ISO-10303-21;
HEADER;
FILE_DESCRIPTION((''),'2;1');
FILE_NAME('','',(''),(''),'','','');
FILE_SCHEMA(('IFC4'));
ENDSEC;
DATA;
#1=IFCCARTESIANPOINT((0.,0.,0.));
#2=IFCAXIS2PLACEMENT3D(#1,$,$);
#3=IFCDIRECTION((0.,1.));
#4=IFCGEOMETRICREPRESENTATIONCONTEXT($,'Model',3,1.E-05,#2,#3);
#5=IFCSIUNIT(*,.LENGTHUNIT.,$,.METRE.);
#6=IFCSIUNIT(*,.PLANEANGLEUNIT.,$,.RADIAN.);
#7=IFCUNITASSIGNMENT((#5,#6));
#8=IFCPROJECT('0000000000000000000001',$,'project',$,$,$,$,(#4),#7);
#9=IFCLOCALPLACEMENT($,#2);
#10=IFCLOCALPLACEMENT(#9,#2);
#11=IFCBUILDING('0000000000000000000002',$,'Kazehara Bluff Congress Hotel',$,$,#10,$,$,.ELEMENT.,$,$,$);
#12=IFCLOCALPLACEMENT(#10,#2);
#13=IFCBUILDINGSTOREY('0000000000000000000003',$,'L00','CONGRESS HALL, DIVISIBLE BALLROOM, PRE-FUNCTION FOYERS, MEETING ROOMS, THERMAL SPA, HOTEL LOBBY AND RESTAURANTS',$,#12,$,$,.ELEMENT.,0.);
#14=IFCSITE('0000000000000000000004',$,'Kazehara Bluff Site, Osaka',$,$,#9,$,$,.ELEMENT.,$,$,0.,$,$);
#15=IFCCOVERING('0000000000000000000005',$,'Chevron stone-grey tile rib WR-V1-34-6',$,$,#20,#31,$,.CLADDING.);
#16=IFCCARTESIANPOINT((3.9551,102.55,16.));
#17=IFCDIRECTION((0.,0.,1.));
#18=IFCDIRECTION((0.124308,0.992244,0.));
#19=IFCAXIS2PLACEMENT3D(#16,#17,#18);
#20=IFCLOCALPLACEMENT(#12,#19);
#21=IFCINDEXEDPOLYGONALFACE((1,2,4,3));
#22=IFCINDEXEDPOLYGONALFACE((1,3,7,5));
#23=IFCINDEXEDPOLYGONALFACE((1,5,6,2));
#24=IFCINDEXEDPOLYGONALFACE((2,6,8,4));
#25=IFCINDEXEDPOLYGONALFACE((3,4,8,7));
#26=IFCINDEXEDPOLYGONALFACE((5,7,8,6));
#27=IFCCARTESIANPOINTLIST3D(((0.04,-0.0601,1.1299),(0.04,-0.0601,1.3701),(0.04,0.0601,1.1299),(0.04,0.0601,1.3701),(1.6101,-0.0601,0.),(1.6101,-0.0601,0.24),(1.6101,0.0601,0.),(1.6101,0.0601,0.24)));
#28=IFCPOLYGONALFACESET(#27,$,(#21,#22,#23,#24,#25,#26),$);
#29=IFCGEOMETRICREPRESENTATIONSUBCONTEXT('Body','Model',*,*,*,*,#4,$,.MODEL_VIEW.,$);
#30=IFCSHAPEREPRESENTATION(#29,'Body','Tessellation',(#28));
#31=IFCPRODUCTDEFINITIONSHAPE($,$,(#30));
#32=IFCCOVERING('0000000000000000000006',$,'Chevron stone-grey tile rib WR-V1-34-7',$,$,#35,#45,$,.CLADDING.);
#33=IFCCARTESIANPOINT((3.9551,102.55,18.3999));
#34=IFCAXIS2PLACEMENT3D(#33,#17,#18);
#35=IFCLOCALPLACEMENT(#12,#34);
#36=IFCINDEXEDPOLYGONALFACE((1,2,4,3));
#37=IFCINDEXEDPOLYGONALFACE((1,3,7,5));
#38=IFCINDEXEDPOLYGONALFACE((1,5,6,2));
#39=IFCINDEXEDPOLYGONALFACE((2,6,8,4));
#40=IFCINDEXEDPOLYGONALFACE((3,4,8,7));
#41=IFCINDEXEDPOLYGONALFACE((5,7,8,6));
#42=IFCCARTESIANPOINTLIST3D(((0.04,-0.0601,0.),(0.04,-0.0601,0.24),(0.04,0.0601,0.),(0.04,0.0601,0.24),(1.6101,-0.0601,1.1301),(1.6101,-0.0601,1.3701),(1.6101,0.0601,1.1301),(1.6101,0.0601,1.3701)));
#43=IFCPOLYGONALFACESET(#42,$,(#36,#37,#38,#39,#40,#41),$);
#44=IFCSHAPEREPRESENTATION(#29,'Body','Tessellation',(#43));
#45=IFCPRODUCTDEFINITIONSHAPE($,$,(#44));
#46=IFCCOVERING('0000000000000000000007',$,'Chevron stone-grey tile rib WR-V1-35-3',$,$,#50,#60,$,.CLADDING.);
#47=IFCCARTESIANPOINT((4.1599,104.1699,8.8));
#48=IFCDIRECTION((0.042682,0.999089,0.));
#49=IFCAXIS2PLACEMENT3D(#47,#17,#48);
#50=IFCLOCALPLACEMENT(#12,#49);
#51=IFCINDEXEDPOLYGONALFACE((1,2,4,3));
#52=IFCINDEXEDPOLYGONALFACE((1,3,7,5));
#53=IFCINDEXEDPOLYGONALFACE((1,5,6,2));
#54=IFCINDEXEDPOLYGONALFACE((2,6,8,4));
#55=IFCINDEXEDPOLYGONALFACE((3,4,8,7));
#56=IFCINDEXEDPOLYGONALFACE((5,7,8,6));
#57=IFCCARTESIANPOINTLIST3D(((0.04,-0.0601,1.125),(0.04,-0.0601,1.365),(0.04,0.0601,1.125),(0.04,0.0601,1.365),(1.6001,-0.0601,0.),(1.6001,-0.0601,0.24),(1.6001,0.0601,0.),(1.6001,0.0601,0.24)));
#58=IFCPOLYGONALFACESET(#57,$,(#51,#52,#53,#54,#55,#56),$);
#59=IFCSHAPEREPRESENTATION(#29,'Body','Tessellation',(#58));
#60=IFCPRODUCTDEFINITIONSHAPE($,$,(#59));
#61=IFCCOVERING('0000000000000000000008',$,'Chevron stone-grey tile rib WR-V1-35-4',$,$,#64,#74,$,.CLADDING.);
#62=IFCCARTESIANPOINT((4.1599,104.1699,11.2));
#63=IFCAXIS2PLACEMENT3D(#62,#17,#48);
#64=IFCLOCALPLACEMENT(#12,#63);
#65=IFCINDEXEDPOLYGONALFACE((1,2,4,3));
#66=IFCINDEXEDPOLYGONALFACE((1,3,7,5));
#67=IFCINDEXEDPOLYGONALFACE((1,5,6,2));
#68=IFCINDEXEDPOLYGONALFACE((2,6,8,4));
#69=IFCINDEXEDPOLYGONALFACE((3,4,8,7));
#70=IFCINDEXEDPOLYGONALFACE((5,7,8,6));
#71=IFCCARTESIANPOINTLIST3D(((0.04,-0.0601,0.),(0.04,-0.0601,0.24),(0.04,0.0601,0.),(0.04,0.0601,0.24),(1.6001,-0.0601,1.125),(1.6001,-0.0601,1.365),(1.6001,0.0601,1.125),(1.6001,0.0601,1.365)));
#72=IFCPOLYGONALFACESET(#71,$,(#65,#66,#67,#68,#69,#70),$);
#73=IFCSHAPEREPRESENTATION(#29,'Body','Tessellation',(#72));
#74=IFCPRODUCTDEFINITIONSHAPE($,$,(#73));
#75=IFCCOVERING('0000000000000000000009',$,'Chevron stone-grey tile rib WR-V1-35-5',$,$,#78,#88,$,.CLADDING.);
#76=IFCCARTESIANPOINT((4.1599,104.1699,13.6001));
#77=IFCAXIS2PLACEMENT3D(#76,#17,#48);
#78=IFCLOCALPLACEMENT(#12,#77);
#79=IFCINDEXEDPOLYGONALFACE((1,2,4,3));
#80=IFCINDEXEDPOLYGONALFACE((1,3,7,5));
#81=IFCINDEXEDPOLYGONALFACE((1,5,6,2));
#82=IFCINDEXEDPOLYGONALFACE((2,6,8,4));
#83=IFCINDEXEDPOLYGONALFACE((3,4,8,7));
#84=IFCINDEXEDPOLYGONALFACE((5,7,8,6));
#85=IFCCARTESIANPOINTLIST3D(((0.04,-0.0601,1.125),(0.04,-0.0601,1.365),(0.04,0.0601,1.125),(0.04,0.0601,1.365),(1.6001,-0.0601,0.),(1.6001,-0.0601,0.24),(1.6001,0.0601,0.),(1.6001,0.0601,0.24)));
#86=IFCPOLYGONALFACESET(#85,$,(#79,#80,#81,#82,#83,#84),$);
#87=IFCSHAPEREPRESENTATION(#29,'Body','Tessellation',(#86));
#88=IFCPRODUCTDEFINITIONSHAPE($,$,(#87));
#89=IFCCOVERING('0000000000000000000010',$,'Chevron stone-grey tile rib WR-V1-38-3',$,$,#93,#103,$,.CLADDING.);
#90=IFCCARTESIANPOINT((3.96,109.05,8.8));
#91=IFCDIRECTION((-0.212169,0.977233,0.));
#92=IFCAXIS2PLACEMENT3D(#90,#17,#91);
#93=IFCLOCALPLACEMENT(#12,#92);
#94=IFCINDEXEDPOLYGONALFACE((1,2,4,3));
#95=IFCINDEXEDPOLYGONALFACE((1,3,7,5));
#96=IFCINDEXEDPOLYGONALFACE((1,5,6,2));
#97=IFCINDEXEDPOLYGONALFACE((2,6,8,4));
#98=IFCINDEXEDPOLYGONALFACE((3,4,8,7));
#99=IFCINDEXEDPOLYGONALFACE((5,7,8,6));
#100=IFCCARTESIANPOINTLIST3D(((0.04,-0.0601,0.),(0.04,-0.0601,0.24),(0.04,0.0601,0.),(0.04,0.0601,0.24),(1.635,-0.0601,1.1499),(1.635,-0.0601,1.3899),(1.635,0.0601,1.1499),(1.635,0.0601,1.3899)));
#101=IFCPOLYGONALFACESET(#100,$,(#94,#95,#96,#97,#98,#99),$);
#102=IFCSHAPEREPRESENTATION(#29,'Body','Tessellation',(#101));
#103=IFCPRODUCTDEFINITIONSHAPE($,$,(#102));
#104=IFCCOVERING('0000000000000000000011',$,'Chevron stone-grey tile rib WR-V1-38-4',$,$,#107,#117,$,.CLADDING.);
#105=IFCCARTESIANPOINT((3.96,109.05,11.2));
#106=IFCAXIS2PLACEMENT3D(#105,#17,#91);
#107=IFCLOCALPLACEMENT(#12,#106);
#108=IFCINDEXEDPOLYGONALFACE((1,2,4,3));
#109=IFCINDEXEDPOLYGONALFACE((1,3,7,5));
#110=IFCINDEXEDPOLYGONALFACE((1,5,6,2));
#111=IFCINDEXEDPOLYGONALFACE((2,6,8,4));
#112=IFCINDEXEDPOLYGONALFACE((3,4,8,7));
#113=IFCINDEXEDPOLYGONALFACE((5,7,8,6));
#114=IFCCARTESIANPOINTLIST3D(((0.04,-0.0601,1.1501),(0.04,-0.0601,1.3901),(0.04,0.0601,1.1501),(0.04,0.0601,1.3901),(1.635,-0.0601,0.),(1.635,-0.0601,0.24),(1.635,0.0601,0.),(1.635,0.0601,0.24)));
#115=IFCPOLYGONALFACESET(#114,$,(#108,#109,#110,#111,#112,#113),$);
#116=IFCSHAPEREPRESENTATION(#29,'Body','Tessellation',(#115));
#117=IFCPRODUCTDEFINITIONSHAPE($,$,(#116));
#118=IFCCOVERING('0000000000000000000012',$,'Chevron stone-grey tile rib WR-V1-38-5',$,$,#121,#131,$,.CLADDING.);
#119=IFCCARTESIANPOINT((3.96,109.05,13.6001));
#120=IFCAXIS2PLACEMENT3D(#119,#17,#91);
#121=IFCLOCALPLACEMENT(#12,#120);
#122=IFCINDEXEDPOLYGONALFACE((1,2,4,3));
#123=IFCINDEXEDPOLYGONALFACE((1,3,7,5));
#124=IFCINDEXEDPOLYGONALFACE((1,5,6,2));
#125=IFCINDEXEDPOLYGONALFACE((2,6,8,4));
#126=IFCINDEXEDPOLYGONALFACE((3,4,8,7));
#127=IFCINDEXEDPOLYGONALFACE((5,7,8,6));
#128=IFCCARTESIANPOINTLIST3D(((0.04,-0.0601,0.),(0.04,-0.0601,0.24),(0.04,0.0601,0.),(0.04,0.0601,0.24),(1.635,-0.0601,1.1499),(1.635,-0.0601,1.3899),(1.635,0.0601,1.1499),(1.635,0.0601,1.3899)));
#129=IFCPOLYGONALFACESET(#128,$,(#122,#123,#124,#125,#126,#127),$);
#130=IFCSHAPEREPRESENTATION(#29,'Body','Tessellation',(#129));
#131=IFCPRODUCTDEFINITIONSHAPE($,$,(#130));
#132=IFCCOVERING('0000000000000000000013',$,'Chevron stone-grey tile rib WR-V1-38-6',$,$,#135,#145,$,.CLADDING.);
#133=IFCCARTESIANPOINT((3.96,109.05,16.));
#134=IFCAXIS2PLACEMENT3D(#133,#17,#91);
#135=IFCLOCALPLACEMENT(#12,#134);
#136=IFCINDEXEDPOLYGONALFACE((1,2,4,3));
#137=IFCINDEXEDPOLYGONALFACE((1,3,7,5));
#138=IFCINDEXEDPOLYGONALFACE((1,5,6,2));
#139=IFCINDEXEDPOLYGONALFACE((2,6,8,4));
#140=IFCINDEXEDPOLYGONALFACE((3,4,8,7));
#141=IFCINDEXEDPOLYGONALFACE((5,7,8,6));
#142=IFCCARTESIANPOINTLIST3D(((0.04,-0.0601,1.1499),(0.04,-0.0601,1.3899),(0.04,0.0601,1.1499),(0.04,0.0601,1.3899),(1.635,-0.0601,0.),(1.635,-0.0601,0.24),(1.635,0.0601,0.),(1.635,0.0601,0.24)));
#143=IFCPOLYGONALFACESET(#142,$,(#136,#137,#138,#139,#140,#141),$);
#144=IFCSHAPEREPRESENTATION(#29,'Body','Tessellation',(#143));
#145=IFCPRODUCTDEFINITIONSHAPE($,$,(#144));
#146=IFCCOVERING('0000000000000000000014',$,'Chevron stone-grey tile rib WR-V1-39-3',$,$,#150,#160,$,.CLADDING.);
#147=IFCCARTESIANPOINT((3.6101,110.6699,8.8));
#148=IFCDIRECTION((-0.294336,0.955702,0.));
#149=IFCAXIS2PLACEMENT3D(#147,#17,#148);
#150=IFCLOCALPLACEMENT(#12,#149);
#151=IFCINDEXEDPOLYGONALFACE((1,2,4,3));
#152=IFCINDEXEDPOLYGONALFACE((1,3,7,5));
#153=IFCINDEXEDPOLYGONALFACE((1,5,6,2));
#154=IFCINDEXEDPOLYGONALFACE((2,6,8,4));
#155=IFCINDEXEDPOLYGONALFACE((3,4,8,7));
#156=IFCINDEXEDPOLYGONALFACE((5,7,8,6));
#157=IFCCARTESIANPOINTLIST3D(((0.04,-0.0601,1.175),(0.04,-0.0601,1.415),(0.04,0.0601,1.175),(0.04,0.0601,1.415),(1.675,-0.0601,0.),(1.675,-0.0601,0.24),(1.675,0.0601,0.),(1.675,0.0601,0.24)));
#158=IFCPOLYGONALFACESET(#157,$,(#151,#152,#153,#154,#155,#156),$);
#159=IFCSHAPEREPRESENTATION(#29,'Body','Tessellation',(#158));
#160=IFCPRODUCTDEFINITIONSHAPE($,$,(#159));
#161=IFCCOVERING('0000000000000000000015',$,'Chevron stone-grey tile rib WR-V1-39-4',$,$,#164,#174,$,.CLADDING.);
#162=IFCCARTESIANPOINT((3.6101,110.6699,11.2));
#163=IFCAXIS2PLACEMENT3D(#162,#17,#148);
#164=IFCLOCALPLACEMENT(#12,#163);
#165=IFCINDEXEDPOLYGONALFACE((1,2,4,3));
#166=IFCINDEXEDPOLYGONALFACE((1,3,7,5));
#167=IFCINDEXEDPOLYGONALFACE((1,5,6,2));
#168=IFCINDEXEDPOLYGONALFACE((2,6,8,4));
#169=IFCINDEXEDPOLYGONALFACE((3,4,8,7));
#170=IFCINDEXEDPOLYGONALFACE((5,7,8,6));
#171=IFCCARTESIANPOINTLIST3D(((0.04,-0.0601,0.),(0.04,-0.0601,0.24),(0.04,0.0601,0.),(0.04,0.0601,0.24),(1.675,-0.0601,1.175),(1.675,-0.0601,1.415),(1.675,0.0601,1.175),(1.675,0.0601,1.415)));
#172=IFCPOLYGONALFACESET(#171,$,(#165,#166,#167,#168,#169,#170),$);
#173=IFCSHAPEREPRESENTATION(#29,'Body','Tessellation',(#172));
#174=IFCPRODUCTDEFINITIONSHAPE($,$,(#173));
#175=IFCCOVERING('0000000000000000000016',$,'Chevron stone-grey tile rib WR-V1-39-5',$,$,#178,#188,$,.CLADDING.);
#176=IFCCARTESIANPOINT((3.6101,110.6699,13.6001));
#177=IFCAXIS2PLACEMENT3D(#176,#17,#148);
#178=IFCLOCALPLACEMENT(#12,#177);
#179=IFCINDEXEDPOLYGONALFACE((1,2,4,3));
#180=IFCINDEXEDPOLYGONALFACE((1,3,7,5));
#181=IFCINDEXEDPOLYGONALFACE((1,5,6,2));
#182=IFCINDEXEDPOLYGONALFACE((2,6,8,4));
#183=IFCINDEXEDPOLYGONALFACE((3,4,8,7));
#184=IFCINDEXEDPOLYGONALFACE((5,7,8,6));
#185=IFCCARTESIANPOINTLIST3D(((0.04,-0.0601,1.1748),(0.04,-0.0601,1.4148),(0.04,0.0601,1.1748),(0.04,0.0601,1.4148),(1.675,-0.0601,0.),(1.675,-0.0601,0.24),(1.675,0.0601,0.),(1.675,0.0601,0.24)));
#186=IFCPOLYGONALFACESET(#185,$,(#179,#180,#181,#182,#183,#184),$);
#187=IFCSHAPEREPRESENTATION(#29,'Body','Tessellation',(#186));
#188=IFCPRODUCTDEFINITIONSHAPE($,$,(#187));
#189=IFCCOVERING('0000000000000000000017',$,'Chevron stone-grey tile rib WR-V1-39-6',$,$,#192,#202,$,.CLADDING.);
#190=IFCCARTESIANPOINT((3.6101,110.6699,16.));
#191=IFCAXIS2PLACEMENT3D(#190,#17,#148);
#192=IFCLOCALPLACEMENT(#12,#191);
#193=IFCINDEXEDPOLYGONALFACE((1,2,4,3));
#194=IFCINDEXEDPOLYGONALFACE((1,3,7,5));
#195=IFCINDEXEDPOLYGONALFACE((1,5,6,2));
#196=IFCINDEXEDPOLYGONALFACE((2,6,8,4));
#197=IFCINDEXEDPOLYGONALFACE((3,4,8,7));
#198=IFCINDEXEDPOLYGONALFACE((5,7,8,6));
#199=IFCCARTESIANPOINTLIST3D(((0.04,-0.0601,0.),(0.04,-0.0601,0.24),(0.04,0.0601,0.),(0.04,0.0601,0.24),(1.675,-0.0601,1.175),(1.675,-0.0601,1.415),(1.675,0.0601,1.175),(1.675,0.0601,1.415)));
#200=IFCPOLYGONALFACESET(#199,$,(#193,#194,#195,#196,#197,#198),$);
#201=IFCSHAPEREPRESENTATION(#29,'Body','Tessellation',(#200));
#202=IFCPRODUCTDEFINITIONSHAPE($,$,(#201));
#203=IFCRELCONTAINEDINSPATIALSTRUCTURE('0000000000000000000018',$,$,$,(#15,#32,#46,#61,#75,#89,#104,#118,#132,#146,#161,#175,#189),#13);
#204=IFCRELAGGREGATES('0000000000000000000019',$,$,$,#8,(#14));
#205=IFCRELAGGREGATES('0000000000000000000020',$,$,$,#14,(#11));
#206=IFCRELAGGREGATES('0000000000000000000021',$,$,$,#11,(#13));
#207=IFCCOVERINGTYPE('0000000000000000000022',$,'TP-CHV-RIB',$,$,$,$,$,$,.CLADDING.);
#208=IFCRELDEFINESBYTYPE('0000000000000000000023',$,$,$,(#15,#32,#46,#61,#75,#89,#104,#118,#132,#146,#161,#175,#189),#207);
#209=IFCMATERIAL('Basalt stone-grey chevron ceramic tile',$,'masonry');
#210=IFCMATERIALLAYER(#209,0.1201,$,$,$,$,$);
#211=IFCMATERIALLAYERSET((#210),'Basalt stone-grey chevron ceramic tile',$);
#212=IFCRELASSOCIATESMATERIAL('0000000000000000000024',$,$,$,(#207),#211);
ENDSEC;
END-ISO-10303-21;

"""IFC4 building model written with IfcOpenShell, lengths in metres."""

from ifc_helpers import new_model, si_unit, direction, frame, origin, place, context, subcontext, project, spatial, polyline, outline, extrude, material, layer, layer_set, type_object, element, save


model = new_model("IFC4")

# Units and contexts
model_context = context("Model", 3, precision=1e-05, world=origin(), true_north=direction((0.0, 1.0)))
body_context = subcontext(model_context, "Body", "Model", "MODEL_VIEW")
ifc_project = project(units=[si_unit("LENGTHUNIT", "METRE"), si_unit("PLANEANGLEUNIT", "RADIAN")], contexts=[model_context])

# Site, building, storey
site_placement = place(None, origin())
site = spatial("IfcSite", under=ifc_project, at=site_placement, Name="Kazehara Bluff Site, Osaka", CompositionType="ELEMENT", RefElevation=0.0)
building_placement = place(site_placement, origin())
building = spatial("IfcBuilding", under=site, at=building_placement, Name="Kazehara Bluff Congress Hotel", CompositionType="ELEMENT")
storey_placement = place(building_placement, origin())
storey = spatial("IfcBuildingStorey", under=building, at=storey_placement, Name="L00", Description="CONGRESS HALL, DIVISIBLE BALLROOM, PRE-FUNCTION FOYERS, MEETING ROOMS, THERMAL SPA, HOTEL LOBBY AND RESTAURANTS", CompositionType="ELEMENT", Elevation=0.0)

# Coverings
ifc_material = material(Name="Basalt stone-grey chevron ceramic tile", Category="masonry")
ifc_layer = layer(ifc_material, 0.1201)
ifc_layer_set = layer_set([ifc_layer], Name="Basalt stone-grey chevron ceramic tile")
covering_type = type_object("IfcCoveringType", Name="TP-CHV-RIB", PredefinedType="CLADDING", material=ifc_layer_set)
covering_1_placement = place(storey_placement, frame((3.9551, 102.55, 16.0), z_axis=(0.0, 0.0, 1.0), x_axis=(0.124308, 0.992244, 0.0)))
element("IfcCovering", 1, at=covering_1_placement, inside=storey, type_object=covering_type, Name="Chevron stone-grey tile rib WR-V1-34-6", PredefinedType="CLADDING", context=body_context, shape_type="SweptSolid", body=[
    extrude(outline(polyline([(0.04, 1.1299), (1.6101, 0.0), (1.6101, 0.24), (0.04, 1.3701), (0.04, 1.1299)])), frame((0.0, 0.0601, 0.0), z_axis=(0.0, -1.0, 0.0), x_axis=(1.0, 0.0, 0.0)), (0.0, 0.0, 1.0), 0.1201),
])
covering_2_placement = place(storey_placement, frame((3.9551, 102.55, 18.3999), z_axis=(0.0, 0.0, 1.0), x_axis=(0.124308, 0.992244, 0.0)))
element("IfcCovering", 2, at=covering_2_placement, inside=storey, type_object=covering_type, Name="Chevron stone-grey tile rib WR-V1-34-7", PredefinedType="CLADDING", context=body_context, shape_type="SweptSolid", body=[
    extrude(outline(polyline([(0.04, 0.0), (1.6101, 1.1301), (1.6101, 1.3701), (0.04, 0.24), (0.04, 0.0)])), frame((0.0, 0.0601, 0.0), z_axis=(0.0, -1.0, 0.0), x_axis=(1.0, 0.0, 0.0)), (0.0, 0.0, 1.0), 0.1201),
])
covering_3_placement = place(storey_placement, frame((4.1599, 104.1699, 8.8), z_axis=(0.0, 0.0, 1.0), x_axis=(0.042682, 0.999089, 0.0)))
element("IfcCovering", 3, at=covering_3_placement, inside=storey, type_object=covering_type, Name="Chevron stone-grey tile rib WR-V1-35-3", PredefinedType="CLADDING", context=body_context, shape_type="SweptSolid", body=[
    extrude(outline(polyline([(0.04, 1.125), (1.6001, 0.0), (1.6001, 0.24), (0.04, 1.365), (0.04, 1.125)])), frame((0.0, 0.0601, 0.0), z_axis=(0.0, -1.0, 0.0), x_axis=(1.0, 0.0, 0.0)), (0.0, 0.0, 1.0), 0.1201),
])
covering_4_placement = place(storey_placement, frame((4.1599, 104.1699, 11.2), z_axis=(0.0, 0.0, 1.0), x_axis=(0.042682, 0.999089, 0.0)))
element("IfcCovering", 4, at=covering_4_placement, inside=storey, type_object=covering_type, Name="Chevron stone-grey tile rib WR-V1-35-4", PredefinedType="CLADDING", context=body_context, shape_type="SweptSolid", body=[
    extrude(outline(polyline([(0.04, 0.0), (1.6001, 1.125), (1.6001, 1.365), (0.04, 0.24), (0.04, 0.0)])), frame((0.0, 0.0601, 0.0), z_axis=(0.0, -1.0, 0.0), x_axis=(1.0, 0.0, 0.0)), (0.0, 0.0, 1.0), 0.1201),
])
covering_5_placement = place(storey_placement, frame((4.1599, 104.1699, 13.6001), z_axis=(0.0, 0.0, 1.0), x_axis=(0.042682, 0.999089, 0.0)))
element("IfcCovering", 5, at=covering_5_placement, inside=storey, type_object=covering_type, Name="Chevron stone-grey tile rib WR-V1-35-5", PredefinedType="CLADDING", context=body_context, shape_type="SweptSolid", body=[
    extrude(outline(polyline([(0.04, 1.125), (1.6001, 0.0), (1.6001, 0.24), (0.04, 1.365), (0.04, 1.125)])), frame((0.0, 0.0601, 0.0), z_axis=(0.0, -1.0, 0.0), x_axis=(1.0, 0.0, 0.0)), (0.0, 0.0, 1.0), 0.1201),
])
covering_6_placement = place(storey_placement, frame((3.96, 109.05, 8.8), z_axis=(0.0, 0.0, 1.0), x_axis=(-0.212169, 0.977233, 0.0)))
element("IfcCovering", 6, at=covering_6_placement, inside=storey, type_object=covering_type, Name="Chevron stone-grey tile rib WR-V1-38-3", PredefinedType="CLADDING", context=body_context, shape_type="SweptSolid", body=[
    extrude(outline(polyline([(0.04, 0.0), (1.635, 1.1499), (1.635, 1.3899), (0.04, 0.24), (0.04, 0.0)])), frame((0.0, 0.0601, 0.0), z_axis=(0.0, -1.0, 0.0), x_axis=(1.0, 0.0, 0.0)), (0.0, 0.0, 1.0), 0.1201),
])
covering_7_placement = place(storey_placement, frame((3.96, 109.05, 11.2), z_axis=(0.0, 0.0, 1.0), x_axis=(-0.212169, 0.977233, 0.0)))
element("IfcCovering", 7, at=covering_7_placement, inside=storey, type_object=covering_type, Name="Chevron stone-grey tile rib WR-V1-38-4", PredefinedType="CLADDING", context=body_context, shape_type="SweptSolid", body=[
    extrude(outline(polyline([(0.04, 1.1501), (1.635, 0.0), (1.635, 0.24), (0.04, 1.3901), (0.04, 1.1501)])), frame((0.0, 0.0601, 0.0), z_axis=(0.0, -1.0, 0.0), x_axis=(1.0, 0.0, 0.0)), (0.0, 0.0, 1.0), 0.1201),
])
covering_8_placement = place(storey_placement, frame((3.96, 109.05, 13.6001), z_axis=(0.0, 0.0, 1.0), x_axis=(-0.212169, 0.977233, 0.0)))
element("IfcCovering", 8, at=covering_8_placement, inside=storey, type_object=covering_type, Name="Chevron stone-grey tile rib WR-V1-38-5", PredefinedType="CLADDING", context=body_context, shape_type="SweptSolid", body=[
    extrude(outline(polyline([(0.04, 0.0), (1.635, 1.1499), (1.635, 1.3899), (0.04, 0.24), (0.04, 0.0)])), frame((0.0, 0.0601, 0.0), z_axis=(0.0, -1.0, 0.0), x_axis=(1.0, 0.0, 0.0)), (0.0, 0.0, 1.0), 0.1201),
])
covering_9_placement = place(storey_placement, frame((3.96, 109.05, 16.0), z_axis=(0.0, 0.0, 1.0), x_axis=(-0.212169, 0.977233, 0.0)))
element("IfcCovering", 9, at=covering_9_placement, inside=storey, type_object=covering_type, Name="Chevron stone-grey tile rib WR-V1-38-6", PredefinedType="CLADDING", context=body_context, shape_type="SweptSolid", body=[
    extrude(outline(polyline([(0.04, 1.1499), (1.635, 0.0), (1.635, 0.24), (0.04, 1.3899), (0.04, 1.1499)])), frame((0.0, 0.0601, 0.0), z_axis=(0.0, -1.0, 0.0), x_axis=(1.0, 0.0, 0.0)), (0.0, 0.0, 1.0), 0.1201),
])
covering_10_placement = place(storey_placement, frame((3.6101, 110.6699, 8.8), z_axis=(0.0, 0.0, 1.0), x_axis=(-0.294336, 0.955702, 0.0)))
element("IfcCovering", 10, at=covering_10_placement, inside=storey, type_object=covering_type, Name="Chevron stone-grey tile rib WR-V1-39-3", PredefinedType="CLADDING", context=body_context, shape_type="SweptSolid", body=[
    extrude(outline(polyline([(0.04, 1.175), (1.675, 0.0), (1.675, 0.24), (0.04, 1.415), (0.04, 1.175)])), frame((0.0, 0.0601, 0.0), z_axis=(0.0, -1.0, 0.0), x_axis=(1.0, 0.0, 0.0)), (0.0, 0.0, 1.0), 0.1201),
])
covering_11_placement = place(storey_placement, frame((3.6101, 110.6699, 11.2), z_axis=(0.0, 0.0, 1.0), x_axis=(-0.294336, 0.955702, 0.0)))
element("IfcCovering", 11, at=covering_11_placement, inside=storey, type_object=covering_type, Name="Chevron stone-grey tile rib WR-V1-39-4", PredefinedType="CLADDING", context=body_context, shape_type="SweptSolid", body=[
    extrude(outline(polyline([(0.04, 0.0), (1.675, 1.175), (1.675, 1.415), (0.04, 0.24), (0.04, 0.0)])), frame((0.0, 0.0601, 0.0), z_axis=(0.0, -1.0, 0.0), x_axis=(1.0, 0.0, 0.0)), (0.0, 0.0, 1.0), 0.1201),
])
covering_12_placement = place(storey_placement, frame((3.6101, 110.6699, 13.6001), z_axis=(0.0, 0.0, 1.0), x_axis=(-0.294336, 0.955702, 0.0)))
element("IfcCovering", 12, at=covering_12_placement, inside=storey, type_object=covering_type, Name="Chevron stone-grey tile rib WR-V1-39-5", PredefinedType="CLADDING", context=body_context, shape_type="SweptSolid", body=[
    extrude(outline(polyline([(0.04, 1.1748), (1.675, 0.0), (1.675, 0.24), (0.04, 1.4148), (0.04, 1.1748)])), frame((0.0, 0.0601, 0.0), z_axis=(0.0, -1.0, 0.0), x_axis=(1.0, 0.0, 0.0)), (0.0, 0.0, 1.0), 0.1201),
])
covering_13_placement = place(storey_placement, frame((3.6101, 110.6699, 16.0), z_axis=(0.0, 0.0, 1.0), x_axis=(-0.294336, 0.955702, 0.0)))
element("IfcCovering", 13, at=covering_13_placement, inside=storey, type_object=covering_type, Name="Chevron stone-grey tile rib WR-V1-39-6", PredefinedType="CLADDING", context=body_context, shape_type="SweptSolid", body=[
    extrude(outline(polyline([(0.04, 0.0), (1.675, 1.175), (1.675, 1.415), (0.04, 0.24), (0.04, 0.0)])), frame((0.0, 0.0601, 0.0), z_axis=(0.0, -1.0, 0.0), x_axis=(1.0, 0.0, 0.0)), (0.0, 0.0, 1.0), 0.1201),
])

save(model, "model.ifc")
